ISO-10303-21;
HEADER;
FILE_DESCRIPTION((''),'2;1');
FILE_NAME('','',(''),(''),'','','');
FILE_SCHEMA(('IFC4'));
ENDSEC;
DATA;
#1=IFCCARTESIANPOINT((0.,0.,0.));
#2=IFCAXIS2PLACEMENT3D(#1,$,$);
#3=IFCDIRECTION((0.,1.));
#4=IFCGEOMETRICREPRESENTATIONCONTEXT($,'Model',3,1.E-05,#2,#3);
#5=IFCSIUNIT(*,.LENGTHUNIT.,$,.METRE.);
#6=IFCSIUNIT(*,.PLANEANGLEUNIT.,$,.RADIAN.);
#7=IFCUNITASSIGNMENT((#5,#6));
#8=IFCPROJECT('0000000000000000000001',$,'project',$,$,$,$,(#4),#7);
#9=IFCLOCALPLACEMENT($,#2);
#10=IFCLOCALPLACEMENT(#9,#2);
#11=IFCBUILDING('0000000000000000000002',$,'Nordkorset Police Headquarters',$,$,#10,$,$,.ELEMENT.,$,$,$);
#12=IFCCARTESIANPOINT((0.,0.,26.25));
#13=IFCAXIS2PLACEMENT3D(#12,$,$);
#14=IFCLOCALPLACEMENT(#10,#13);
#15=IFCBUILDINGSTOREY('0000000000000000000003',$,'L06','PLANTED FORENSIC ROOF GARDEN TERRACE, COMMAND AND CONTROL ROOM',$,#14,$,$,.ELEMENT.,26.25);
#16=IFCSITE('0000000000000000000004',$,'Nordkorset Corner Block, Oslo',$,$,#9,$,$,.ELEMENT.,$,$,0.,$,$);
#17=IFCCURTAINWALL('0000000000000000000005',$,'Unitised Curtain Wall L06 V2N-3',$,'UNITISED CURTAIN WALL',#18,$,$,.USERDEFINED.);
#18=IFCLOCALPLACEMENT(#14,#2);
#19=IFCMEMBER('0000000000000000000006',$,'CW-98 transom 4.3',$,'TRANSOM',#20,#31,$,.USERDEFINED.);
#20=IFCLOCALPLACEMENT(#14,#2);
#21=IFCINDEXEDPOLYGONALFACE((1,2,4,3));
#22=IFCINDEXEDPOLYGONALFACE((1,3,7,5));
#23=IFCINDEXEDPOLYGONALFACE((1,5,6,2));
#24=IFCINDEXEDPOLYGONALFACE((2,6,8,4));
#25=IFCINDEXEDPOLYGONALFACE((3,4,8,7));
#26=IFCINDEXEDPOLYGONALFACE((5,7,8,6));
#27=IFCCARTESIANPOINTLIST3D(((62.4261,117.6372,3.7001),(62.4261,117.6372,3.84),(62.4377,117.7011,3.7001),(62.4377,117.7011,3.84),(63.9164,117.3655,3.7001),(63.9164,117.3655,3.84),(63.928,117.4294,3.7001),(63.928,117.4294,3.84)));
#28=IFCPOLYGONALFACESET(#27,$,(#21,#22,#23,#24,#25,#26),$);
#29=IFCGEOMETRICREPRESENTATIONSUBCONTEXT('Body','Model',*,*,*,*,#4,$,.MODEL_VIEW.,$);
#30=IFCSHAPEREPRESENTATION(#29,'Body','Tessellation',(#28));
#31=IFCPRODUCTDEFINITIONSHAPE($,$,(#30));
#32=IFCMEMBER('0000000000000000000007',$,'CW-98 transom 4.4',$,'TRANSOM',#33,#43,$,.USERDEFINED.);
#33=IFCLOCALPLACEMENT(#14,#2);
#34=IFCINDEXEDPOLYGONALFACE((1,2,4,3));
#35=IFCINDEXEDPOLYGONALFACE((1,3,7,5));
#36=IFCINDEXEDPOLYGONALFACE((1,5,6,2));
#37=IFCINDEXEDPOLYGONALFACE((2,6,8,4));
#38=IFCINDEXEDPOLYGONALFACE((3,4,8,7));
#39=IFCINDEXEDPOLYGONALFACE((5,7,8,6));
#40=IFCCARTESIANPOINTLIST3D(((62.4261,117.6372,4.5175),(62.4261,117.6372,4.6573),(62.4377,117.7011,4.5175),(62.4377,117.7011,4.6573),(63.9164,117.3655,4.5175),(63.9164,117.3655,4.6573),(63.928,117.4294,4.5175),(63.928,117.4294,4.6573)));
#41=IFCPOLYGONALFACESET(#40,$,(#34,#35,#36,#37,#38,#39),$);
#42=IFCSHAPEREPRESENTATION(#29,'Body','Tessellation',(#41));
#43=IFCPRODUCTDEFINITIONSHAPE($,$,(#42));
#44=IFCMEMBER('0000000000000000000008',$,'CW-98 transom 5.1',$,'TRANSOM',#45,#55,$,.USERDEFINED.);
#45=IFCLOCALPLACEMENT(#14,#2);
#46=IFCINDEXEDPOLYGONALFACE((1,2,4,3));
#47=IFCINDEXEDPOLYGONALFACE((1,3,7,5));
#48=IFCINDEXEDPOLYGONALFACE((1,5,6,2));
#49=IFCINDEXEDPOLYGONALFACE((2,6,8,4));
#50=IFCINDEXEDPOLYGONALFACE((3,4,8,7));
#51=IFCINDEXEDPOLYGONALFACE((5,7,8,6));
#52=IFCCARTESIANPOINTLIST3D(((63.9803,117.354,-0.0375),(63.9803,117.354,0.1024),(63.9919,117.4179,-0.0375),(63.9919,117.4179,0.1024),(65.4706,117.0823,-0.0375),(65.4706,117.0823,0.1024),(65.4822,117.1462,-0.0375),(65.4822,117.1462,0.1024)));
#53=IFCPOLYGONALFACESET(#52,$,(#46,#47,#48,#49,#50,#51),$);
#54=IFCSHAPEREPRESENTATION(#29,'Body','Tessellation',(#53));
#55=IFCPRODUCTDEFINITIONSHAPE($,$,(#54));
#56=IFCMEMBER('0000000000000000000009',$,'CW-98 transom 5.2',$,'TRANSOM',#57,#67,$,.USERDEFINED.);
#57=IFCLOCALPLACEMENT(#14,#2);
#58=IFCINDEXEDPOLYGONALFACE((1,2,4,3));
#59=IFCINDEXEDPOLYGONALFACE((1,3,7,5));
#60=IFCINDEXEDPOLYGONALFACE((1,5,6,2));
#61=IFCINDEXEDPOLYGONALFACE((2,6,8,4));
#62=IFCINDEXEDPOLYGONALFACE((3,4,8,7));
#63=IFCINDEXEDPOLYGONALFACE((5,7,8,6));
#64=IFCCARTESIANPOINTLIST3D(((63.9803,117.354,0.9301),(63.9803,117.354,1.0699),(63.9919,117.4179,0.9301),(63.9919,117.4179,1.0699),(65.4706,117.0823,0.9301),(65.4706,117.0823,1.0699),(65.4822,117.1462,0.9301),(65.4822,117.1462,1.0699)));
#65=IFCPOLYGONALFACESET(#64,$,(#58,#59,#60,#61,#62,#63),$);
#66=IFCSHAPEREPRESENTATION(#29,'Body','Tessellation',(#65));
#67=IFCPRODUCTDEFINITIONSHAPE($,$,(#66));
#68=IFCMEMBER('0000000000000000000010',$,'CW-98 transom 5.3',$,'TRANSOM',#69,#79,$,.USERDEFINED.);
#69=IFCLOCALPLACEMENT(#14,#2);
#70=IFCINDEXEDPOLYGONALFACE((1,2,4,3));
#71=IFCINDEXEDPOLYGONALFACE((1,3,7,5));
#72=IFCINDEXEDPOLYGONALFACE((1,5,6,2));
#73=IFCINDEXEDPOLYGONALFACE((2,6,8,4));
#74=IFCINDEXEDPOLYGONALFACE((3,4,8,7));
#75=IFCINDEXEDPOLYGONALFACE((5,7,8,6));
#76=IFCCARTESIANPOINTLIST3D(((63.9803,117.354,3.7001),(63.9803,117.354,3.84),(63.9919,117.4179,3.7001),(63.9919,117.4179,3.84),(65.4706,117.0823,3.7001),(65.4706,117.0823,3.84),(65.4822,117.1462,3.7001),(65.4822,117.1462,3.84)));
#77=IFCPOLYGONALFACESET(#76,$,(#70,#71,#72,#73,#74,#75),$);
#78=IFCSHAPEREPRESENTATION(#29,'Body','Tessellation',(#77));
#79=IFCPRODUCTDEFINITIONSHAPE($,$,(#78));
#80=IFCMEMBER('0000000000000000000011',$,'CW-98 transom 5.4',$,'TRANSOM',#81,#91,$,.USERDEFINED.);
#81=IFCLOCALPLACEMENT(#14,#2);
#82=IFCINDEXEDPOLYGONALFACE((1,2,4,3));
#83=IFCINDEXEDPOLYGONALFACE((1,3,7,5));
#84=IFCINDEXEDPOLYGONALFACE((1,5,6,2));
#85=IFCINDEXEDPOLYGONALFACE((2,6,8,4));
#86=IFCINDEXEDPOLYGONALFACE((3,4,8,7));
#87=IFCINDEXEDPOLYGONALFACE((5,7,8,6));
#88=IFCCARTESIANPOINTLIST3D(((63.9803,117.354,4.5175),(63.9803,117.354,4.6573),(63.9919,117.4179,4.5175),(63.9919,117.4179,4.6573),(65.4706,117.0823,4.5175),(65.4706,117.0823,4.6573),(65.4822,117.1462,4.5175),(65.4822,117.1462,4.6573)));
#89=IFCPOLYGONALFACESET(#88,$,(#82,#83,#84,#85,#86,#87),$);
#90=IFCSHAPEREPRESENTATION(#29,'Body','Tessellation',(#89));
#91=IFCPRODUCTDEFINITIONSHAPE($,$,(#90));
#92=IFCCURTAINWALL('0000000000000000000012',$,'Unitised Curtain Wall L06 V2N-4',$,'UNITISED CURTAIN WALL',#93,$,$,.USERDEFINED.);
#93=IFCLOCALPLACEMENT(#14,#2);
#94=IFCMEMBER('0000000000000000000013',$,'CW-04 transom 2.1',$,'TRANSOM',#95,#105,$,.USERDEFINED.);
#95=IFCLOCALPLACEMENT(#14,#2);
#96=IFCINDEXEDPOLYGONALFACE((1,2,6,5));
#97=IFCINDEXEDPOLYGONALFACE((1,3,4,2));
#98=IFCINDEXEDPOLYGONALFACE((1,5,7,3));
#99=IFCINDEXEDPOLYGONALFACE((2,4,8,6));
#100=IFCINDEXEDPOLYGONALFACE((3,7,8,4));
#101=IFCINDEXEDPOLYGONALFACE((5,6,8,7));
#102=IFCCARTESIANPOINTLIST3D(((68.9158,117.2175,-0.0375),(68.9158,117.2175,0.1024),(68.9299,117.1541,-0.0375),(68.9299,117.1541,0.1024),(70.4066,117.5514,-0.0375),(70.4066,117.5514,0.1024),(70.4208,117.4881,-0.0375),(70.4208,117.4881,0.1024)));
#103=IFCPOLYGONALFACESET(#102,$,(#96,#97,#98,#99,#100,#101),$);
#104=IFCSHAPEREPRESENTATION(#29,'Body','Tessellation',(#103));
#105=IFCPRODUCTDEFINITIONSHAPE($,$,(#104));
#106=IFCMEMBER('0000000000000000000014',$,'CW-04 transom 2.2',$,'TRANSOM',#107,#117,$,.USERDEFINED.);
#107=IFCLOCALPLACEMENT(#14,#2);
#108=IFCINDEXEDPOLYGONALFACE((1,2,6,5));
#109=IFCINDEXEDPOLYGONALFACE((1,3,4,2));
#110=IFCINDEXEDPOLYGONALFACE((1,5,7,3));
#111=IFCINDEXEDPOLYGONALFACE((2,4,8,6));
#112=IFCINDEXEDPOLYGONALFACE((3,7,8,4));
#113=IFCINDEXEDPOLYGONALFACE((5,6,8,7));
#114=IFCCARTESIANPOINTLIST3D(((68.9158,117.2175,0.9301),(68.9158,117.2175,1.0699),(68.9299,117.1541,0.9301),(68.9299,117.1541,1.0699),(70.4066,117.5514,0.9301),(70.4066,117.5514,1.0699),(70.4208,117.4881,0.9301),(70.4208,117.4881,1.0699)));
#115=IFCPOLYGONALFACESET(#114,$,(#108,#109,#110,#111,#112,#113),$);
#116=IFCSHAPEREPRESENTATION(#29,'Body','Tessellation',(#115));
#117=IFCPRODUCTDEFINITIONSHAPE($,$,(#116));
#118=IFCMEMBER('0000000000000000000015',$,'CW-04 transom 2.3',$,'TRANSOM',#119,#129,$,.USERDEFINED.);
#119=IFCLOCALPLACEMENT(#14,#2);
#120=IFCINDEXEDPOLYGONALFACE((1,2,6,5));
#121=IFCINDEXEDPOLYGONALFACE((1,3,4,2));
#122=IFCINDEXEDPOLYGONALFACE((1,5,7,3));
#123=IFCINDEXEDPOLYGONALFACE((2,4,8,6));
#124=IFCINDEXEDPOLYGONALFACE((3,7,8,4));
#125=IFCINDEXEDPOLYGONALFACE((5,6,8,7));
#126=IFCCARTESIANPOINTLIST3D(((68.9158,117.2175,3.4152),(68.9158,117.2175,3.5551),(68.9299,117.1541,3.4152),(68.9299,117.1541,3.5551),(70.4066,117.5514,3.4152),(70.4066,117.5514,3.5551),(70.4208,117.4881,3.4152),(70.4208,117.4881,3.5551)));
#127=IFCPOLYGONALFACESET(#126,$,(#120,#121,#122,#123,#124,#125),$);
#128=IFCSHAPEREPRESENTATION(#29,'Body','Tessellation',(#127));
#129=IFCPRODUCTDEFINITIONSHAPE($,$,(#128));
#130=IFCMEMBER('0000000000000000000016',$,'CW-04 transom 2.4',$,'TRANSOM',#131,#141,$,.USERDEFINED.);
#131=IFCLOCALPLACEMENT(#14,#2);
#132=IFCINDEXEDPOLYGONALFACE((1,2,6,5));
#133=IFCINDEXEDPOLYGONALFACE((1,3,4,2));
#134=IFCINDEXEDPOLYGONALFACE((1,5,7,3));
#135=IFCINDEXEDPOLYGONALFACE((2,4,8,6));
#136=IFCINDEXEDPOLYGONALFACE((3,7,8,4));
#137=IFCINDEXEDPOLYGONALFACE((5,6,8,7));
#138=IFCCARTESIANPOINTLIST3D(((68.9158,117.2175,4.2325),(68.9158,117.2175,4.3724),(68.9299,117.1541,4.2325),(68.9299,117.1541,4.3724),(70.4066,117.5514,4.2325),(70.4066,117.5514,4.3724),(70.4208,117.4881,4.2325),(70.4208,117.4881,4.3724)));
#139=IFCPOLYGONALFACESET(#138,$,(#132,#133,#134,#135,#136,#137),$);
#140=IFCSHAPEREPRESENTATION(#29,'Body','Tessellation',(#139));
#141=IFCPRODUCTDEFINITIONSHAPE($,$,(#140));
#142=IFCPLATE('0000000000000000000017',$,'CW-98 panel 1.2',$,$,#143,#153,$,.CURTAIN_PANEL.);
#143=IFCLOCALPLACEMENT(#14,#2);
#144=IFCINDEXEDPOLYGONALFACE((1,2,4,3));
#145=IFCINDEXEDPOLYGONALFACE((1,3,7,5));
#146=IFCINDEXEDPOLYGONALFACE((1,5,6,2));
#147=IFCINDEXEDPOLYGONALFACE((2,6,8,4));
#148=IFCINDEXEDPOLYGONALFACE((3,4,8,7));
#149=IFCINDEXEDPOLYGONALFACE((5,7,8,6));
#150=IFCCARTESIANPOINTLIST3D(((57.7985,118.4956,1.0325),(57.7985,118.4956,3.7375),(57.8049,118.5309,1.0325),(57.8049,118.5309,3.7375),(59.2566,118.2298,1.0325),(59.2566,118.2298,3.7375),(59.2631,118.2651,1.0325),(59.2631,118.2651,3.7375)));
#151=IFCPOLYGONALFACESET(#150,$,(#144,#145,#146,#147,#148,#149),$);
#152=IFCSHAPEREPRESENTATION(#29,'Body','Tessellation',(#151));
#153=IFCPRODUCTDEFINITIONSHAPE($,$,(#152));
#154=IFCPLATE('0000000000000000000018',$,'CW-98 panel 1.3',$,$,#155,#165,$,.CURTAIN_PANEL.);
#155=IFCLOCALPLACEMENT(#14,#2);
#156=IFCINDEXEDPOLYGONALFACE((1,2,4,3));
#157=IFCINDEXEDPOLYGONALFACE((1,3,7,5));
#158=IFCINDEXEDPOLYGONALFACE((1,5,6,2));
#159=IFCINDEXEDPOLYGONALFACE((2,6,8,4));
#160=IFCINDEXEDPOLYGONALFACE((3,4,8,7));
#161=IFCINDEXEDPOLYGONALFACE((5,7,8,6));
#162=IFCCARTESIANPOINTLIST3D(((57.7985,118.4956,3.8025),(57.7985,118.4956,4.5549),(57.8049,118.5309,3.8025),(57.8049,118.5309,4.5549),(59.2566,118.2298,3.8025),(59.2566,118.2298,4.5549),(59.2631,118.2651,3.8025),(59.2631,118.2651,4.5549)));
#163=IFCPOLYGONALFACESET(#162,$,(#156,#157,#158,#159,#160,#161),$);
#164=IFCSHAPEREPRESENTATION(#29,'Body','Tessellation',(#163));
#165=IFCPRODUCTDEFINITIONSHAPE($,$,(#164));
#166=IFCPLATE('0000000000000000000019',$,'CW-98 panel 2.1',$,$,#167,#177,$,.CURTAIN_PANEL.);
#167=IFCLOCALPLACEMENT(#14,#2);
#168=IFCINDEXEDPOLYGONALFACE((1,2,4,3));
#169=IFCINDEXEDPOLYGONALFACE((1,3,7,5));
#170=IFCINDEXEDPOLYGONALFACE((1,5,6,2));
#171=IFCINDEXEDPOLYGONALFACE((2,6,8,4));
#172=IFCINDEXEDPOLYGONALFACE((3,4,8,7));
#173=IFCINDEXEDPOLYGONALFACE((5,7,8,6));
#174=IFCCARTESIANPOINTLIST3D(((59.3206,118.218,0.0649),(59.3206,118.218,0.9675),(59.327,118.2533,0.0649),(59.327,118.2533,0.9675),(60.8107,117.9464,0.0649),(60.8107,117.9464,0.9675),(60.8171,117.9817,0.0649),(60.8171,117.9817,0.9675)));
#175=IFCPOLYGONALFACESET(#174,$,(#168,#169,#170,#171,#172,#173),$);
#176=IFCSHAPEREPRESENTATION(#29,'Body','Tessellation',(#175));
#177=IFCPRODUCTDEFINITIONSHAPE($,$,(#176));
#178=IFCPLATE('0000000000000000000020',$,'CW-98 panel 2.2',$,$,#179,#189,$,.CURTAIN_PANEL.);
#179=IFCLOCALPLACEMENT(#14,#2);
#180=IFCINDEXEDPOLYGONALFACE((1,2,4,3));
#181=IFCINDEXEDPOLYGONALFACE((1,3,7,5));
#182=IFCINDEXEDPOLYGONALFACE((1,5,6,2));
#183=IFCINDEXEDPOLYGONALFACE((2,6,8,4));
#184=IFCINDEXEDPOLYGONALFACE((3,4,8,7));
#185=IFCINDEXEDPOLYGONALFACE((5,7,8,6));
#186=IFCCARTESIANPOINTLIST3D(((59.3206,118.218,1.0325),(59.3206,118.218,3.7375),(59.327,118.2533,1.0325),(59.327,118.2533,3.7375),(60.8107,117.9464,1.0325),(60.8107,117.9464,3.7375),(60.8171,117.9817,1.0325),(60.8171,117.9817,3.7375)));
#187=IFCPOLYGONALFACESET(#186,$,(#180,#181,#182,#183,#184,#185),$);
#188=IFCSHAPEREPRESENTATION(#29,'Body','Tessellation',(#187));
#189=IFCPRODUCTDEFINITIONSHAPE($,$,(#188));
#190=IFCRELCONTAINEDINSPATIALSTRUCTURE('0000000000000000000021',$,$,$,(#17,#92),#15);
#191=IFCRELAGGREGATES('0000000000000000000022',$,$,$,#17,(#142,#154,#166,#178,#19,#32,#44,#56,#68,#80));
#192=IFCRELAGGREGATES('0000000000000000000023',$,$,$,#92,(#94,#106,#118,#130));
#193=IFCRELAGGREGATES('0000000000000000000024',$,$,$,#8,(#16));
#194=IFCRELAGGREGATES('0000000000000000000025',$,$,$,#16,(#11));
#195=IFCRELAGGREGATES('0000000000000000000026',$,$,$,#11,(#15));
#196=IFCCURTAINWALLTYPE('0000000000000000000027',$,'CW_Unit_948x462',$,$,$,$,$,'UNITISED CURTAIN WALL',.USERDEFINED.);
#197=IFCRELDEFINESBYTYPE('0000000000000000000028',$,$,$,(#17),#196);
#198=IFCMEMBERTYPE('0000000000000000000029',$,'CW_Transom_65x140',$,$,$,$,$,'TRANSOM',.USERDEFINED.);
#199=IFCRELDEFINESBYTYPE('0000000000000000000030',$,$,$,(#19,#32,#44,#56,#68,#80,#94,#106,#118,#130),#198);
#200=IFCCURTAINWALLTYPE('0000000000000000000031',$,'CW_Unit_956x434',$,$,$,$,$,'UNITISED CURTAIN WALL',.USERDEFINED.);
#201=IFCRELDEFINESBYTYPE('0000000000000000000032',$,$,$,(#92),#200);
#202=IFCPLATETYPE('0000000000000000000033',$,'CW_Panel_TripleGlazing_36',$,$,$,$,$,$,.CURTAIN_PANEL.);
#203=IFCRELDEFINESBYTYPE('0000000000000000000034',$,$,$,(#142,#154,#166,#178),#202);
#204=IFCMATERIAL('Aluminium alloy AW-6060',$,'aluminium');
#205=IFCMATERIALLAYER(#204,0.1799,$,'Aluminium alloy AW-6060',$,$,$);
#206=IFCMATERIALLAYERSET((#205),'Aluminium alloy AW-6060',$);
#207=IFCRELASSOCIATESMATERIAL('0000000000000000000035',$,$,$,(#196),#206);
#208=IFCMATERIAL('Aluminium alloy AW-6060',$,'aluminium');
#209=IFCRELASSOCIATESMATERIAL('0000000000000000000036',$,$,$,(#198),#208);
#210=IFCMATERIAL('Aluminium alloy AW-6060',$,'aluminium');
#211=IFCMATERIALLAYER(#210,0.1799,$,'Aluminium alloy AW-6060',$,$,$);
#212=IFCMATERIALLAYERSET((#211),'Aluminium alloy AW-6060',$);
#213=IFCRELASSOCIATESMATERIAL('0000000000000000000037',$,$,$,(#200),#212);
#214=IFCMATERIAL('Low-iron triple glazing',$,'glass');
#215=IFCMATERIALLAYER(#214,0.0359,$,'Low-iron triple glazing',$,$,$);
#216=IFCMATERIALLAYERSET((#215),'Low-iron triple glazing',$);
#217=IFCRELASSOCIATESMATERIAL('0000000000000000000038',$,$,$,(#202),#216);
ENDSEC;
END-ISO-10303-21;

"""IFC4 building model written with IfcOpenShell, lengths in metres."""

from ifc_helpers import new_model, si_unit, direction, frame, origin, origin_2d, place, context, subcontext, project, spatial, rectangle, extrude, material, layer, layer_set, material_profile, profile_set, type_object, element, aggregate, save


model = new_model("IFC4")

# Units and contexts
model_context = context("Model", 3, precision=1e-05, world=origin(), true_north=direction((0.0, 1.0)))
body_context = subcontext(model_context, "Body", "Model", "MODEL_VIEW")
ifc_project = project(units=[si_unit("LENGTHUNIT", "METRE"), si_unit("PLANEANGLEUNIT", "RADIAN")], contexts=[model_context])

# Site, building, storey
site_placement = place(None, origin())
site = spatial("IfcSite", under=ifc_project, at=site_placement, Name="Nordkorset Corner Block, Oslo", CompositionType="ELEMENT", RefElevation=0.0)
building_placement = place(site_placement, origin())
building = spatial("IfcBuilding", under=site, at=building_placement, Name="Nordkorset Police Headquarters", CompositionType="ELEMENT")
storey_placement = place(building_placement, frame((0.0, 0.0, 26.25)))
storey = spatial("IfcBuildingStorey", under=building, at=storey_placement, Name="L06", Description="PLANTED FORENSIC ROOF GARDEN TERRACE, COMMAND AND CONTROL ROOM", CompositionType="ELEMENT", Elevation=26.25)

# Curtain walls, members
ifc_material_1 = material(Name="Aluminium alloy AW-6060", Category="aluminium")
ifc_layer_1 = layer(ifc_material_1, 0.1799, Name="Aluminium alloy AW-6060")
ifc_layer_set_1 = layer_set([ifc_layer_1], Name="Aluminium alloy AW-6060")
curtain_wall_type_1 = type_object("IfcCurtainWallType", Name="CW_Unit_948x462", ElementType="UNITISED CURTAIN WALL", PredefinedType="USERDEFINED", material=ifc_layer_set_1)
curtain_wall_1_placement = place(storey_placement, origin())
curtain_wall_1 = element("IfcCurtainWall", 1, at=curtain_wall_1_placement, inside=storey, type_object=curtain_wall_type_1, Name="Unitised Curtain Wall L06 V2N-3", ObjectType="UNITISED CURTAIN WALL", PredefinedType="USERDEFINED")
ifc_material_2 = material(Name="Aluminium alloy AW-6060", Category="aluminium")
ifc_material_profile_1 = material_profile(ifc_material_2, rectangle(XDim=0.0649, YDim=0.1399, at=origin_2d()), Name="ALU TRAN 65x140")
ifc_profile_set_1 = profile_set([ifc_material_profile_1], Name="Aluminium alloy AW-6060")
member_type_1 = type_object("IfcMemberType", Name="CW_Transom_65x140", ElementType="TRANSOM", PredefinedType="USERDEFINED", material=ifc_profile_set_1)
member_1_placement = place(storey_placement, frame((62.4319, 117.6692, 3.77), z_axis=(0.98378, -0.179382, 0.0), x_axis=(0.179382, 0.98378, 0.0)))
member_1 = element("IfcMember", 2, at=member_1_placement, type_object=member_type_1, Name="CW-98 transom 4.3", ObjectType="TRANSOM", PredefinedType="USERDEFINED", context=body_context, shape_type="SweptSolid", body=[
    extrude(rectangle(XDim=0.0649, YDim=0.1399, at=origin_2d()), origin(), (0.0, 0.0, 1.0), 1.5149),
])
member_2_placement = place(storey_placement, frame((62.4319, 117.6692, 4.5874), z_axis=(0.98378, -0.179382, 0.0), x_axis=(0.179382, 0.98378, 0.0)))
member_2 = element("IfcMember", 3, at=member_2_placement, type_object=member_type_1, Name="CW-98 transom 4.4", ObjectType="TRANSOM", PredefinedType="USERDEFINED", context=body_context, shape_type="SweptSolid", body=[
    extrude(rectangle(XDim=0.0649, YDim=0.1399, at=origin_2d()), origin(), (0.0, 0.0, 1.0), 1.5149),
])
member_3_placement = place(storey_placement, frame((63.9861, 117.386, 0.0325), z_axis=(0.98378, -0.179382, 0.0), x_axis=(0.179382, 0.98378, 0.0)))
member_3 = element("IfcMember", 4, at=member_3_placement, type_object=member_type_1, Name="CW-98 transom 5.1", ObjectType="TRANSOM", PredefinedType="USERDEFINED", context=body_context, shape_type="SweptSolid", body=[
    extrude(rectangle(XDim=0.0649, YDim=0.1399, at=origin_2d()), origin(), (0.0, 0.0, 1.0), 1.5149),
])
member_4_placement = place(storey_placement, frame((63.9861, 117.386, 1.0), z_axis=(0.98378, -0.179382, 0.0), x_axis=(0.179382, 0.98378, 0.0)))
member_4 = element("IfcMember", 5, at=member_4_placement, type_object=member_type_1, Name="CW-98 transom 5.2", ObjectType="TRANSOM", PredefinedType="USERDEFINED", context=body_context, shape_type="SweptSolid", body=[
    extrude(rectangle(XDim=0.0649, YDim=0.1399, at=origin_2d()), origin(), (0.0, 0.0, 1.0), 1.5149),
])
member_5_placement = place(storey_placement, frame((63.9861, 117.386, 3.77), z_axis=(0.98378, -0.179382, 0.0), x_axis=(0.179382, 0.98378, 0.0)))
member_5 = element("IfcMember", 6, at=member_5_placement, type_object=member_type_1, Name="CW-98 transom 5.3", ObjectType="TRANSOM", PredefinedType="USERDEFINED", context=body_context, shape_type="SweptSolid", body=[
    extrude(rectangle(XDim=0.0649, YDim=0.1399, at=origin_2d()), origin(), (0.0, 0.0, 1.0), 1.5149),
])
member_6_placement = place(storey_placement, frame((63.9861, 117.386, 4.5874), z_axis=(0.98378, -0.179382, 0.0), x_axis=(0.179382, 0.98378, 0.0)))
member_6 = element("IfcMember", 7, at=member_6_placement, type_object=member_type_1, Name="CW-98 transom 5.4", ObjectType="TRANSOM", PredefinedType="USERDEFINED", context=body_context, shape_type="SweptSolid", body=[
    extrude(rectangle(XDim=0.0649, YDim=0.1399, at=origin_2d()), origin(), (0.0, 0.0, 1.0), 1.5149),
])
ifc_material_3 = material(Name="Aluminium alloy AW-6060", Category="aluminium")
ifc_layer_2 = layer(ifc_material_3, 0.1799, Name="Aluminium alloy AW-6060")
ifc_layer_set_2 = layer_set([ifc_layer_2], Name="Aluminium alloy AW-6060")
curtain_wall_type_2 = type_object("IfcCurtainWallType", Name="CW_Unit_956x434", ElementType="UNITISED CURTAIN WALL", PredefinedType="USERDEFINED", material=ifc_layer_set_2)
curtain_wall_2_placement = place(storey_placement, origin())
curtain_wall_2 = element("IfcCurtainWall", 8, at=curtain_wall_2_placement, inside=storey, type_object=curtain_wall_type_2, Name="Unitised Curtain Wall L06 V2N-4", ObjectType="UNITISED CURTAIN WALL", PredefinedType="USERDEFINED")
member_7_placement = place(storey_placement, frame((68.9229, 117.1858, 0.0325), z_axis=(0.975817, 0.218588, 0.0), x_axis=(-0.218588, 0.975817, 0.0)))
member_7 = element("IfcMember", 9, at=member_7_placement, type_object=member_type_1, Name="CW-04 transom 2.1", ObjectType="TRANSOM", PredefinedType="USERDEFINED", context=body_context, shape_type="SweptSolid", body=[
    extrude(rectangle(XDim=0.0649, YDim=0.1399, at=origin_2d()), origin(), (0.0, 0.0, 1.0), 1.5278),
])
member_8_placement = place(storey_placement, frame((68.9229, 117.1858, 1.0), z_axis=(0.975817, 0.218588, 0.0), x_axis=(-0.218588, 0.975817, 0.0)))
member_8 = element("IfcMember", 10, at=member_8_placement, type_object=member_type_1, Name="CW-04 transom 2.2", ObjectType="TRANSOM", PredefinedType="USERDEFINED", context=body_context, shape_type="SweptSolid", body=[
    extrude(rectangle(XDim=0.0649, YDim=0.1399, at=origin_2d()), origin(), (0.0, 0.0, 1.0), 1.5278),
])
member_9_placement = place(storey_placement, frame((68.9229, 117.1858, 3.4851), z_axis=(0.975817, 0.218588, 0.0), x_axis=(-0.218588, 0.975817, 0.0)))
member_9 = element("IfcMember", 11, at=member_9_placement, type_object=member_type_1, Name="CW-04 transom 2.3", ObjectType="TRANSOM", PredefinedType="USERDEFINED", context=body_context, shape_type="SweptSolid", body=[
    extrude(rectangle(XDim=0.0649, YDim=0.1399, at=origin_2d()), origin(), (0.0, 0.0, 1.0), 1.5278),
])
member_10_placement = place(storey_placement, frame((68.9229, 117.1858, 4.3025), z_axis=(0.975817, 0.218588, 0.0), x_axis=(-0.218588, 0.975817, 0.0)))
member_10 = element("IfcMember", 12, at=member_10_placement, type_object=member_type_1, Name="CW-04 transom 2.4", ObjectType="TRANSOM", PredefinedType="USERDEFINED", context=body_context, shape_type="SweptSolid", body=[
    extrude(rectangle(XDim=0.0649, YDim=0.1399, at=origin_2d()), origin(), (0.0, 0.0, 1.0), 1.5278),
])

# Plates
ifc_material_4 = material(Name="Low-iron triple glazing", Category="glass")
ifc_layer_3 = layer(ifc_material_4, 0.0359, Name="Low-iron triple glazing")
ifc_layer_set_3 = layer_set([ifc_layer_3], Name="Low-iron triple glazing")
plate_type = type_object("IfcPlateType", Name="CW_Panel_TripleGlazing_36", PredefinedType="CURTAIN_PANEL", material=ifc_layer_set_3)
plate_1_placement = place(storey_placement, frame((58.5308, 118.3804, 1.0325), z_axis=(0.0, 0.0, 1.0), x_axis=(0.983788, -0.179336, 0.0)))
plate_1 = element("IfcPlate", 13, at=plate_1_placement, type_object=plate_type, Name="CW-98 panel 1.2", PredefinedType="CURTAIN_PANEL", context=body_context, shape_type="SweptSolid", body=[
    extrude(rectangle(XDim=1.4822, YDim=0.0359, at=origin_2d()), origin(), (0.0, 0.0, 1.0), 2.7051),
])
plate_2_placement = place(storey_placement, frame((58.5308, 118.3804, 3.8025), z_axis=(0.0, 0.0, 1.0), x_axis=(0.983788, -0.179336, 0.0)))
plate_2 = element("IfcPlate", 14, at=plate_2_placement, type_object=plate_type, Name="CW-98 panel 1.3", PredefinedType="CURTAIN_PANEL", context=body_context, shape_type="SweptSolid", body=[
    extrude(rectangle(XDim=1.4822, YDim=0.0359, at=origin_2d()), origin(), (0.0, 0.0, 1.0), 0.7524),
])
plate_3_placement = place(storey_placement, frame((60.0688, 118.0999, 0.0649), z_axis=(0.0, 0.0, 1.0), x_axis=(0.983788, -0.179336, 0.0)))
plate_3 = element("IfcPlate", 15, at=plate_3_placement, type_object=plate_type, Name="CW-98 panel 2.1", PredefinedType="CURTAIN_PANEL", context=body_context, shape_type="SweptSolid", body=[
    extrude(rectangle(XDim=1.5146, YDim=0.0359, at=origin_2d()), origin(), (0.0, 0.0, 1.0), 0.9026),
])
plate_4_placement = place(storey_placement, frame((60.0688, 118.0999, 1.0325), z_axis=(0.0, 0.0, 1.0), x_axis=(0.983788, -0.179336, 0.0)))
plate_4 = element("IfcPlate", 16, at=plate_4_placement, type_object=plate_type, Name="CW-98 panel 2.2", PredefinedType="CURTAIN_PANEL", context=body_context, shape_type="SweptSolid", body=[
    extrude(rectangle(XDim=1.5146, YDim=0.0359, at=origin_2d()), origin(), (0.0, 0.0, 1.0), 2.7051),
])
aggregate(curtain_wall_1, [plate_1, plate_2, plate_3, plate_4, member_1, member_2, member_3, member_4, member_5, member_6])
aggregate(curtain_wall_2, [member_7, member_8, member_9, member_10])

save(model, "model.ifc")
